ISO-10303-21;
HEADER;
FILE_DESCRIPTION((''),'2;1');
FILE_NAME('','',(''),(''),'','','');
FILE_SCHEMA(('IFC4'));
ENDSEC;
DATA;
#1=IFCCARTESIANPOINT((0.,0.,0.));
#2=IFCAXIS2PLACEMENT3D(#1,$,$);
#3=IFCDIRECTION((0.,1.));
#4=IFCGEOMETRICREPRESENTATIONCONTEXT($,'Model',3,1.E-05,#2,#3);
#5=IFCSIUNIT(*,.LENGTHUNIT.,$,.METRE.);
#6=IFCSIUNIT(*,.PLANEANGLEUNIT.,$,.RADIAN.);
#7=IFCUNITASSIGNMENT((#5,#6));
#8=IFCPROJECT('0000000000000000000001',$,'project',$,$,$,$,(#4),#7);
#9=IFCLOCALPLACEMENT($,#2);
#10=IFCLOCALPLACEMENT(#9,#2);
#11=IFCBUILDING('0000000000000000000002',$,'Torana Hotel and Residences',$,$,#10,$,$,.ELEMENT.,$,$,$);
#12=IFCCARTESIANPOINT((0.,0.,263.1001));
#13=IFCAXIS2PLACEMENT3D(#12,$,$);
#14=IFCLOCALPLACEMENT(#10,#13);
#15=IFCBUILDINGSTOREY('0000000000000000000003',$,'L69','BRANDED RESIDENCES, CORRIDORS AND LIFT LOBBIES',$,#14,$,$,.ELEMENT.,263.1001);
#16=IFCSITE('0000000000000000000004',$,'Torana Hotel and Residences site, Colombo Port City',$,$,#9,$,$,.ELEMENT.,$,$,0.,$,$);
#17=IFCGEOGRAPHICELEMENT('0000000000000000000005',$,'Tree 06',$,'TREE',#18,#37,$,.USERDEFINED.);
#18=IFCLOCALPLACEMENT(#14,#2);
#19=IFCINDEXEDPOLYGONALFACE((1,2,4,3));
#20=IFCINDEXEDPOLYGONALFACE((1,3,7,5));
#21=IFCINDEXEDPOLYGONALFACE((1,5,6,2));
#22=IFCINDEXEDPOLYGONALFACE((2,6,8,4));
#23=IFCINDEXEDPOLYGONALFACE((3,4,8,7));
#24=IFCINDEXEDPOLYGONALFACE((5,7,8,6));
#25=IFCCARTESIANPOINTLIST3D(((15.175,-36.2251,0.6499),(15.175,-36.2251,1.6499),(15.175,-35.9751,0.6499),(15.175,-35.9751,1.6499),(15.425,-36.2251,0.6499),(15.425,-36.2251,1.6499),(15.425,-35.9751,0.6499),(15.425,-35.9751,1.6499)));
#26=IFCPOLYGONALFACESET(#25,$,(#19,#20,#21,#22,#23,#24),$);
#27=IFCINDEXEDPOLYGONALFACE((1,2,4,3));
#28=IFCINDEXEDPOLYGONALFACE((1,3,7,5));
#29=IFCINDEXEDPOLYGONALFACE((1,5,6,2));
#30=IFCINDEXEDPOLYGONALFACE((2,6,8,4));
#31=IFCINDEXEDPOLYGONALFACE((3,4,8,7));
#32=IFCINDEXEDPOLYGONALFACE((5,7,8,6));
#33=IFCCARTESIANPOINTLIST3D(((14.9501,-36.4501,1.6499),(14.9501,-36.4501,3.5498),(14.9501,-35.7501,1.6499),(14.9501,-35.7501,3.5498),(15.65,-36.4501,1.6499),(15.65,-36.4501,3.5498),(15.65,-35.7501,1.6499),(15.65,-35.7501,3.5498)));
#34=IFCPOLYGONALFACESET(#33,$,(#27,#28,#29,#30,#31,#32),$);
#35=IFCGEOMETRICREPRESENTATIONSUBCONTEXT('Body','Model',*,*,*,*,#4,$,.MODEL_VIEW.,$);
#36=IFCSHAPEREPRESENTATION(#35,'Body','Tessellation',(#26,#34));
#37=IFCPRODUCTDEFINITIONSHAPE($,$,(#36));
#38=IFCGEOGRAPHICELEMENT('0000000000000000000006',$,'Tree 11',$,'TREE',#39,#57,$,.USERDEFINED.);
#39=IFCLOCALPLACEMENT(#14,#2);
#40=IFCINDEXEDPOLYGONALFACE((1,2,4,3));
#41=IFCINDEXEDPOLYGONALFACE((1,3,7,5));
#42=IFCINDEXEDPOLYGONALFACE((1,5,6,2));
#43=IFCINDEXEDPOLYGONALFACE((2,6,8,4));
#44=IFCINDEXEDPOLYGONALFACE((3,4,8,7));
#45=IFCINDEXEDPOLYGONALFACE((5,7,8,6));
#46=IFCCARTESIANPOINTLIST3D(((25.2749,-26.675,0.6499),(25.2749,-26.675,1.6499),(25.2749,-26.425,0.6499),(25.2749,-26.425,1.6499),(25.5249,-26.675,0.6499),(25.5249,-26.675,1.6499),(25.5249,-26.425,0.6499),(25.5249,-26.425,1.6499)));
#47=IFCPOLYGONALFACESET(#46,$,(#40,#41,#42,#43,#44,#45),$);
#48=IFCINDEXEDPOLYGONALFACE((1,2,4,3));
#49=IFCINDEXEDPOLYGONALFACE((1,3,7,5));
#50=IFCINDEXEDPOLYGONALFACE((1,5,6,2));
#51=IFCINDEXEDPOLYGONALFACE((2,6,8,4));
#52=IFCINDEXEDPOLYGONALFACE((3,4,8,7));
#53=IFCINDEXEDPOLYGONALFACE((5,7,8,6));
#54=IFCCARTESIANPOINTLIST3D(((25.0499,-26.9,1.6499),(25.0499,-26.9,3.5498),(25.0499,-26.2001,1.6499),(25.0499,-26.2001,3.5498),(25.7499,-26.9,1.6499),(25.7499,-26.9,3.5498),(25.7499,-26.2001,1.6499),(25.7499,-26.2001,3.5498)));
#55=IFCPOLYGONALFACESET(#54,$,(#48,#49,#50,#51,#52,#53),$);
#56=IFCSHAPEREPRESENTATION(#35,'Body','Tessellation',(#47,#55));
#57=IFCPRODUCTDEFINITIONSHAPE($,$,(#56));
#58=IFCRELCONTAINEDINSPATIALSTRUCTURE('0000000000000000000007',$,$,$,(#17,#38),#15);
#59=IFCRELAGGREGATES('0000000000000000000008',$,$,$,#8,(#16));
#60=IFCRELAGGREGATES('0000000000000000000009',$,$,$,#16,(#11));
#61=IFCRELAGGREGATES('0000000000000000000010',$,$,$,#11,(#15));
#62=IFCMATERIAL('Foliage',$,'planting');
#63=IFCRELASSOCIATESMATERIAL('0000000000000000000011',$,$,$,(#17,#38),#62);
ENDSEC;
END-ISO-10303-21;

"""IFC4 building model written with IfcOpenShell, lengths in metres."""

from ifc_helpers import new_model, si_unit, direction, frame, origin, origin_2d, place, context, subcontext, project, spatial, rectangle, extrude, material, element, save


model = new_model("IFC4")

# Units and contexts
model_context = context("Model", 3, precision=1e-05, world=origin(), true_north=direction((0.0, 1.0)))
body_context = subcontext(model_context, "Body", "Model", "MODEL_VIEW")
ifc_project = project(units=[si_unit("LENGTHUNIT", "METRE"), si_unit("PLANEANGLEUNIT", "RADIAN")], contexts=[model_context])

# Site, building, storey
site_placement = place(None, origin())
site = spatial("IfcSite", under=ifc_project, at=site_placement, Name="Torana Hotel and Residences site, Colombo Port City", CompositionType="ELEMENT", RefElevation=0.0)
building_placement = place(site_placement, origin())
building = spatial("IfcBuilding", under=site, at=building_placement, Name="Torana Hotel and Residences", CompositionType="ELEMENT")
storey_placement = place(building_placement, frame((0.0, 0.0, 263.1001)))
storey = spatial("IfcBuildingStorey", under=building, at=storey_placement, Name="L69", Description="BRANDED RESIDENCES, CORRIDORS AND LIFT LOBBIES", CompositionType="ELEMENT", Elevation=263.1001)

# Geographic elements
ifc_material_1 = material(Name="Foliage", Category="planting")
for number, where, z_axis, x_axis, name in (
    (1, (15.3, -36.1001, 0.6499), (0.0, 0.0, 1.0), (1.0, 0.0, 0.0), "Tree 06"),
    (2, (25.3999, -26.55, 0.6499), (0.0, 0.0, 1.0), (1.0, 0.0, 0.0), "Tree 11"),
):
    element("IfcGeographicElement", number, at=place(storey_placement, frame(where, z_axis=z_axis, x_axis=x_axis)), inside=storey, material=ifc_material_1, Name=name, ObjectType="TREE", PredefinedType="USERDEFINED", context=body_context, shape_type="SweptSolid", body=[
        extrude(rectangle(XDim=0.25, YDim=0.25, at=origin_2d()), origin(), (0.0, 0.0, 1.0), 1.0),
        extrude(rectangle(XDim=0.7, YDim=0.7, at=origin_2d()), frame((0.0, 0.0, 1.0)), (0.0, 0.0, 1.0), 1.8999),
    ])

save(model, "model.ifc")
